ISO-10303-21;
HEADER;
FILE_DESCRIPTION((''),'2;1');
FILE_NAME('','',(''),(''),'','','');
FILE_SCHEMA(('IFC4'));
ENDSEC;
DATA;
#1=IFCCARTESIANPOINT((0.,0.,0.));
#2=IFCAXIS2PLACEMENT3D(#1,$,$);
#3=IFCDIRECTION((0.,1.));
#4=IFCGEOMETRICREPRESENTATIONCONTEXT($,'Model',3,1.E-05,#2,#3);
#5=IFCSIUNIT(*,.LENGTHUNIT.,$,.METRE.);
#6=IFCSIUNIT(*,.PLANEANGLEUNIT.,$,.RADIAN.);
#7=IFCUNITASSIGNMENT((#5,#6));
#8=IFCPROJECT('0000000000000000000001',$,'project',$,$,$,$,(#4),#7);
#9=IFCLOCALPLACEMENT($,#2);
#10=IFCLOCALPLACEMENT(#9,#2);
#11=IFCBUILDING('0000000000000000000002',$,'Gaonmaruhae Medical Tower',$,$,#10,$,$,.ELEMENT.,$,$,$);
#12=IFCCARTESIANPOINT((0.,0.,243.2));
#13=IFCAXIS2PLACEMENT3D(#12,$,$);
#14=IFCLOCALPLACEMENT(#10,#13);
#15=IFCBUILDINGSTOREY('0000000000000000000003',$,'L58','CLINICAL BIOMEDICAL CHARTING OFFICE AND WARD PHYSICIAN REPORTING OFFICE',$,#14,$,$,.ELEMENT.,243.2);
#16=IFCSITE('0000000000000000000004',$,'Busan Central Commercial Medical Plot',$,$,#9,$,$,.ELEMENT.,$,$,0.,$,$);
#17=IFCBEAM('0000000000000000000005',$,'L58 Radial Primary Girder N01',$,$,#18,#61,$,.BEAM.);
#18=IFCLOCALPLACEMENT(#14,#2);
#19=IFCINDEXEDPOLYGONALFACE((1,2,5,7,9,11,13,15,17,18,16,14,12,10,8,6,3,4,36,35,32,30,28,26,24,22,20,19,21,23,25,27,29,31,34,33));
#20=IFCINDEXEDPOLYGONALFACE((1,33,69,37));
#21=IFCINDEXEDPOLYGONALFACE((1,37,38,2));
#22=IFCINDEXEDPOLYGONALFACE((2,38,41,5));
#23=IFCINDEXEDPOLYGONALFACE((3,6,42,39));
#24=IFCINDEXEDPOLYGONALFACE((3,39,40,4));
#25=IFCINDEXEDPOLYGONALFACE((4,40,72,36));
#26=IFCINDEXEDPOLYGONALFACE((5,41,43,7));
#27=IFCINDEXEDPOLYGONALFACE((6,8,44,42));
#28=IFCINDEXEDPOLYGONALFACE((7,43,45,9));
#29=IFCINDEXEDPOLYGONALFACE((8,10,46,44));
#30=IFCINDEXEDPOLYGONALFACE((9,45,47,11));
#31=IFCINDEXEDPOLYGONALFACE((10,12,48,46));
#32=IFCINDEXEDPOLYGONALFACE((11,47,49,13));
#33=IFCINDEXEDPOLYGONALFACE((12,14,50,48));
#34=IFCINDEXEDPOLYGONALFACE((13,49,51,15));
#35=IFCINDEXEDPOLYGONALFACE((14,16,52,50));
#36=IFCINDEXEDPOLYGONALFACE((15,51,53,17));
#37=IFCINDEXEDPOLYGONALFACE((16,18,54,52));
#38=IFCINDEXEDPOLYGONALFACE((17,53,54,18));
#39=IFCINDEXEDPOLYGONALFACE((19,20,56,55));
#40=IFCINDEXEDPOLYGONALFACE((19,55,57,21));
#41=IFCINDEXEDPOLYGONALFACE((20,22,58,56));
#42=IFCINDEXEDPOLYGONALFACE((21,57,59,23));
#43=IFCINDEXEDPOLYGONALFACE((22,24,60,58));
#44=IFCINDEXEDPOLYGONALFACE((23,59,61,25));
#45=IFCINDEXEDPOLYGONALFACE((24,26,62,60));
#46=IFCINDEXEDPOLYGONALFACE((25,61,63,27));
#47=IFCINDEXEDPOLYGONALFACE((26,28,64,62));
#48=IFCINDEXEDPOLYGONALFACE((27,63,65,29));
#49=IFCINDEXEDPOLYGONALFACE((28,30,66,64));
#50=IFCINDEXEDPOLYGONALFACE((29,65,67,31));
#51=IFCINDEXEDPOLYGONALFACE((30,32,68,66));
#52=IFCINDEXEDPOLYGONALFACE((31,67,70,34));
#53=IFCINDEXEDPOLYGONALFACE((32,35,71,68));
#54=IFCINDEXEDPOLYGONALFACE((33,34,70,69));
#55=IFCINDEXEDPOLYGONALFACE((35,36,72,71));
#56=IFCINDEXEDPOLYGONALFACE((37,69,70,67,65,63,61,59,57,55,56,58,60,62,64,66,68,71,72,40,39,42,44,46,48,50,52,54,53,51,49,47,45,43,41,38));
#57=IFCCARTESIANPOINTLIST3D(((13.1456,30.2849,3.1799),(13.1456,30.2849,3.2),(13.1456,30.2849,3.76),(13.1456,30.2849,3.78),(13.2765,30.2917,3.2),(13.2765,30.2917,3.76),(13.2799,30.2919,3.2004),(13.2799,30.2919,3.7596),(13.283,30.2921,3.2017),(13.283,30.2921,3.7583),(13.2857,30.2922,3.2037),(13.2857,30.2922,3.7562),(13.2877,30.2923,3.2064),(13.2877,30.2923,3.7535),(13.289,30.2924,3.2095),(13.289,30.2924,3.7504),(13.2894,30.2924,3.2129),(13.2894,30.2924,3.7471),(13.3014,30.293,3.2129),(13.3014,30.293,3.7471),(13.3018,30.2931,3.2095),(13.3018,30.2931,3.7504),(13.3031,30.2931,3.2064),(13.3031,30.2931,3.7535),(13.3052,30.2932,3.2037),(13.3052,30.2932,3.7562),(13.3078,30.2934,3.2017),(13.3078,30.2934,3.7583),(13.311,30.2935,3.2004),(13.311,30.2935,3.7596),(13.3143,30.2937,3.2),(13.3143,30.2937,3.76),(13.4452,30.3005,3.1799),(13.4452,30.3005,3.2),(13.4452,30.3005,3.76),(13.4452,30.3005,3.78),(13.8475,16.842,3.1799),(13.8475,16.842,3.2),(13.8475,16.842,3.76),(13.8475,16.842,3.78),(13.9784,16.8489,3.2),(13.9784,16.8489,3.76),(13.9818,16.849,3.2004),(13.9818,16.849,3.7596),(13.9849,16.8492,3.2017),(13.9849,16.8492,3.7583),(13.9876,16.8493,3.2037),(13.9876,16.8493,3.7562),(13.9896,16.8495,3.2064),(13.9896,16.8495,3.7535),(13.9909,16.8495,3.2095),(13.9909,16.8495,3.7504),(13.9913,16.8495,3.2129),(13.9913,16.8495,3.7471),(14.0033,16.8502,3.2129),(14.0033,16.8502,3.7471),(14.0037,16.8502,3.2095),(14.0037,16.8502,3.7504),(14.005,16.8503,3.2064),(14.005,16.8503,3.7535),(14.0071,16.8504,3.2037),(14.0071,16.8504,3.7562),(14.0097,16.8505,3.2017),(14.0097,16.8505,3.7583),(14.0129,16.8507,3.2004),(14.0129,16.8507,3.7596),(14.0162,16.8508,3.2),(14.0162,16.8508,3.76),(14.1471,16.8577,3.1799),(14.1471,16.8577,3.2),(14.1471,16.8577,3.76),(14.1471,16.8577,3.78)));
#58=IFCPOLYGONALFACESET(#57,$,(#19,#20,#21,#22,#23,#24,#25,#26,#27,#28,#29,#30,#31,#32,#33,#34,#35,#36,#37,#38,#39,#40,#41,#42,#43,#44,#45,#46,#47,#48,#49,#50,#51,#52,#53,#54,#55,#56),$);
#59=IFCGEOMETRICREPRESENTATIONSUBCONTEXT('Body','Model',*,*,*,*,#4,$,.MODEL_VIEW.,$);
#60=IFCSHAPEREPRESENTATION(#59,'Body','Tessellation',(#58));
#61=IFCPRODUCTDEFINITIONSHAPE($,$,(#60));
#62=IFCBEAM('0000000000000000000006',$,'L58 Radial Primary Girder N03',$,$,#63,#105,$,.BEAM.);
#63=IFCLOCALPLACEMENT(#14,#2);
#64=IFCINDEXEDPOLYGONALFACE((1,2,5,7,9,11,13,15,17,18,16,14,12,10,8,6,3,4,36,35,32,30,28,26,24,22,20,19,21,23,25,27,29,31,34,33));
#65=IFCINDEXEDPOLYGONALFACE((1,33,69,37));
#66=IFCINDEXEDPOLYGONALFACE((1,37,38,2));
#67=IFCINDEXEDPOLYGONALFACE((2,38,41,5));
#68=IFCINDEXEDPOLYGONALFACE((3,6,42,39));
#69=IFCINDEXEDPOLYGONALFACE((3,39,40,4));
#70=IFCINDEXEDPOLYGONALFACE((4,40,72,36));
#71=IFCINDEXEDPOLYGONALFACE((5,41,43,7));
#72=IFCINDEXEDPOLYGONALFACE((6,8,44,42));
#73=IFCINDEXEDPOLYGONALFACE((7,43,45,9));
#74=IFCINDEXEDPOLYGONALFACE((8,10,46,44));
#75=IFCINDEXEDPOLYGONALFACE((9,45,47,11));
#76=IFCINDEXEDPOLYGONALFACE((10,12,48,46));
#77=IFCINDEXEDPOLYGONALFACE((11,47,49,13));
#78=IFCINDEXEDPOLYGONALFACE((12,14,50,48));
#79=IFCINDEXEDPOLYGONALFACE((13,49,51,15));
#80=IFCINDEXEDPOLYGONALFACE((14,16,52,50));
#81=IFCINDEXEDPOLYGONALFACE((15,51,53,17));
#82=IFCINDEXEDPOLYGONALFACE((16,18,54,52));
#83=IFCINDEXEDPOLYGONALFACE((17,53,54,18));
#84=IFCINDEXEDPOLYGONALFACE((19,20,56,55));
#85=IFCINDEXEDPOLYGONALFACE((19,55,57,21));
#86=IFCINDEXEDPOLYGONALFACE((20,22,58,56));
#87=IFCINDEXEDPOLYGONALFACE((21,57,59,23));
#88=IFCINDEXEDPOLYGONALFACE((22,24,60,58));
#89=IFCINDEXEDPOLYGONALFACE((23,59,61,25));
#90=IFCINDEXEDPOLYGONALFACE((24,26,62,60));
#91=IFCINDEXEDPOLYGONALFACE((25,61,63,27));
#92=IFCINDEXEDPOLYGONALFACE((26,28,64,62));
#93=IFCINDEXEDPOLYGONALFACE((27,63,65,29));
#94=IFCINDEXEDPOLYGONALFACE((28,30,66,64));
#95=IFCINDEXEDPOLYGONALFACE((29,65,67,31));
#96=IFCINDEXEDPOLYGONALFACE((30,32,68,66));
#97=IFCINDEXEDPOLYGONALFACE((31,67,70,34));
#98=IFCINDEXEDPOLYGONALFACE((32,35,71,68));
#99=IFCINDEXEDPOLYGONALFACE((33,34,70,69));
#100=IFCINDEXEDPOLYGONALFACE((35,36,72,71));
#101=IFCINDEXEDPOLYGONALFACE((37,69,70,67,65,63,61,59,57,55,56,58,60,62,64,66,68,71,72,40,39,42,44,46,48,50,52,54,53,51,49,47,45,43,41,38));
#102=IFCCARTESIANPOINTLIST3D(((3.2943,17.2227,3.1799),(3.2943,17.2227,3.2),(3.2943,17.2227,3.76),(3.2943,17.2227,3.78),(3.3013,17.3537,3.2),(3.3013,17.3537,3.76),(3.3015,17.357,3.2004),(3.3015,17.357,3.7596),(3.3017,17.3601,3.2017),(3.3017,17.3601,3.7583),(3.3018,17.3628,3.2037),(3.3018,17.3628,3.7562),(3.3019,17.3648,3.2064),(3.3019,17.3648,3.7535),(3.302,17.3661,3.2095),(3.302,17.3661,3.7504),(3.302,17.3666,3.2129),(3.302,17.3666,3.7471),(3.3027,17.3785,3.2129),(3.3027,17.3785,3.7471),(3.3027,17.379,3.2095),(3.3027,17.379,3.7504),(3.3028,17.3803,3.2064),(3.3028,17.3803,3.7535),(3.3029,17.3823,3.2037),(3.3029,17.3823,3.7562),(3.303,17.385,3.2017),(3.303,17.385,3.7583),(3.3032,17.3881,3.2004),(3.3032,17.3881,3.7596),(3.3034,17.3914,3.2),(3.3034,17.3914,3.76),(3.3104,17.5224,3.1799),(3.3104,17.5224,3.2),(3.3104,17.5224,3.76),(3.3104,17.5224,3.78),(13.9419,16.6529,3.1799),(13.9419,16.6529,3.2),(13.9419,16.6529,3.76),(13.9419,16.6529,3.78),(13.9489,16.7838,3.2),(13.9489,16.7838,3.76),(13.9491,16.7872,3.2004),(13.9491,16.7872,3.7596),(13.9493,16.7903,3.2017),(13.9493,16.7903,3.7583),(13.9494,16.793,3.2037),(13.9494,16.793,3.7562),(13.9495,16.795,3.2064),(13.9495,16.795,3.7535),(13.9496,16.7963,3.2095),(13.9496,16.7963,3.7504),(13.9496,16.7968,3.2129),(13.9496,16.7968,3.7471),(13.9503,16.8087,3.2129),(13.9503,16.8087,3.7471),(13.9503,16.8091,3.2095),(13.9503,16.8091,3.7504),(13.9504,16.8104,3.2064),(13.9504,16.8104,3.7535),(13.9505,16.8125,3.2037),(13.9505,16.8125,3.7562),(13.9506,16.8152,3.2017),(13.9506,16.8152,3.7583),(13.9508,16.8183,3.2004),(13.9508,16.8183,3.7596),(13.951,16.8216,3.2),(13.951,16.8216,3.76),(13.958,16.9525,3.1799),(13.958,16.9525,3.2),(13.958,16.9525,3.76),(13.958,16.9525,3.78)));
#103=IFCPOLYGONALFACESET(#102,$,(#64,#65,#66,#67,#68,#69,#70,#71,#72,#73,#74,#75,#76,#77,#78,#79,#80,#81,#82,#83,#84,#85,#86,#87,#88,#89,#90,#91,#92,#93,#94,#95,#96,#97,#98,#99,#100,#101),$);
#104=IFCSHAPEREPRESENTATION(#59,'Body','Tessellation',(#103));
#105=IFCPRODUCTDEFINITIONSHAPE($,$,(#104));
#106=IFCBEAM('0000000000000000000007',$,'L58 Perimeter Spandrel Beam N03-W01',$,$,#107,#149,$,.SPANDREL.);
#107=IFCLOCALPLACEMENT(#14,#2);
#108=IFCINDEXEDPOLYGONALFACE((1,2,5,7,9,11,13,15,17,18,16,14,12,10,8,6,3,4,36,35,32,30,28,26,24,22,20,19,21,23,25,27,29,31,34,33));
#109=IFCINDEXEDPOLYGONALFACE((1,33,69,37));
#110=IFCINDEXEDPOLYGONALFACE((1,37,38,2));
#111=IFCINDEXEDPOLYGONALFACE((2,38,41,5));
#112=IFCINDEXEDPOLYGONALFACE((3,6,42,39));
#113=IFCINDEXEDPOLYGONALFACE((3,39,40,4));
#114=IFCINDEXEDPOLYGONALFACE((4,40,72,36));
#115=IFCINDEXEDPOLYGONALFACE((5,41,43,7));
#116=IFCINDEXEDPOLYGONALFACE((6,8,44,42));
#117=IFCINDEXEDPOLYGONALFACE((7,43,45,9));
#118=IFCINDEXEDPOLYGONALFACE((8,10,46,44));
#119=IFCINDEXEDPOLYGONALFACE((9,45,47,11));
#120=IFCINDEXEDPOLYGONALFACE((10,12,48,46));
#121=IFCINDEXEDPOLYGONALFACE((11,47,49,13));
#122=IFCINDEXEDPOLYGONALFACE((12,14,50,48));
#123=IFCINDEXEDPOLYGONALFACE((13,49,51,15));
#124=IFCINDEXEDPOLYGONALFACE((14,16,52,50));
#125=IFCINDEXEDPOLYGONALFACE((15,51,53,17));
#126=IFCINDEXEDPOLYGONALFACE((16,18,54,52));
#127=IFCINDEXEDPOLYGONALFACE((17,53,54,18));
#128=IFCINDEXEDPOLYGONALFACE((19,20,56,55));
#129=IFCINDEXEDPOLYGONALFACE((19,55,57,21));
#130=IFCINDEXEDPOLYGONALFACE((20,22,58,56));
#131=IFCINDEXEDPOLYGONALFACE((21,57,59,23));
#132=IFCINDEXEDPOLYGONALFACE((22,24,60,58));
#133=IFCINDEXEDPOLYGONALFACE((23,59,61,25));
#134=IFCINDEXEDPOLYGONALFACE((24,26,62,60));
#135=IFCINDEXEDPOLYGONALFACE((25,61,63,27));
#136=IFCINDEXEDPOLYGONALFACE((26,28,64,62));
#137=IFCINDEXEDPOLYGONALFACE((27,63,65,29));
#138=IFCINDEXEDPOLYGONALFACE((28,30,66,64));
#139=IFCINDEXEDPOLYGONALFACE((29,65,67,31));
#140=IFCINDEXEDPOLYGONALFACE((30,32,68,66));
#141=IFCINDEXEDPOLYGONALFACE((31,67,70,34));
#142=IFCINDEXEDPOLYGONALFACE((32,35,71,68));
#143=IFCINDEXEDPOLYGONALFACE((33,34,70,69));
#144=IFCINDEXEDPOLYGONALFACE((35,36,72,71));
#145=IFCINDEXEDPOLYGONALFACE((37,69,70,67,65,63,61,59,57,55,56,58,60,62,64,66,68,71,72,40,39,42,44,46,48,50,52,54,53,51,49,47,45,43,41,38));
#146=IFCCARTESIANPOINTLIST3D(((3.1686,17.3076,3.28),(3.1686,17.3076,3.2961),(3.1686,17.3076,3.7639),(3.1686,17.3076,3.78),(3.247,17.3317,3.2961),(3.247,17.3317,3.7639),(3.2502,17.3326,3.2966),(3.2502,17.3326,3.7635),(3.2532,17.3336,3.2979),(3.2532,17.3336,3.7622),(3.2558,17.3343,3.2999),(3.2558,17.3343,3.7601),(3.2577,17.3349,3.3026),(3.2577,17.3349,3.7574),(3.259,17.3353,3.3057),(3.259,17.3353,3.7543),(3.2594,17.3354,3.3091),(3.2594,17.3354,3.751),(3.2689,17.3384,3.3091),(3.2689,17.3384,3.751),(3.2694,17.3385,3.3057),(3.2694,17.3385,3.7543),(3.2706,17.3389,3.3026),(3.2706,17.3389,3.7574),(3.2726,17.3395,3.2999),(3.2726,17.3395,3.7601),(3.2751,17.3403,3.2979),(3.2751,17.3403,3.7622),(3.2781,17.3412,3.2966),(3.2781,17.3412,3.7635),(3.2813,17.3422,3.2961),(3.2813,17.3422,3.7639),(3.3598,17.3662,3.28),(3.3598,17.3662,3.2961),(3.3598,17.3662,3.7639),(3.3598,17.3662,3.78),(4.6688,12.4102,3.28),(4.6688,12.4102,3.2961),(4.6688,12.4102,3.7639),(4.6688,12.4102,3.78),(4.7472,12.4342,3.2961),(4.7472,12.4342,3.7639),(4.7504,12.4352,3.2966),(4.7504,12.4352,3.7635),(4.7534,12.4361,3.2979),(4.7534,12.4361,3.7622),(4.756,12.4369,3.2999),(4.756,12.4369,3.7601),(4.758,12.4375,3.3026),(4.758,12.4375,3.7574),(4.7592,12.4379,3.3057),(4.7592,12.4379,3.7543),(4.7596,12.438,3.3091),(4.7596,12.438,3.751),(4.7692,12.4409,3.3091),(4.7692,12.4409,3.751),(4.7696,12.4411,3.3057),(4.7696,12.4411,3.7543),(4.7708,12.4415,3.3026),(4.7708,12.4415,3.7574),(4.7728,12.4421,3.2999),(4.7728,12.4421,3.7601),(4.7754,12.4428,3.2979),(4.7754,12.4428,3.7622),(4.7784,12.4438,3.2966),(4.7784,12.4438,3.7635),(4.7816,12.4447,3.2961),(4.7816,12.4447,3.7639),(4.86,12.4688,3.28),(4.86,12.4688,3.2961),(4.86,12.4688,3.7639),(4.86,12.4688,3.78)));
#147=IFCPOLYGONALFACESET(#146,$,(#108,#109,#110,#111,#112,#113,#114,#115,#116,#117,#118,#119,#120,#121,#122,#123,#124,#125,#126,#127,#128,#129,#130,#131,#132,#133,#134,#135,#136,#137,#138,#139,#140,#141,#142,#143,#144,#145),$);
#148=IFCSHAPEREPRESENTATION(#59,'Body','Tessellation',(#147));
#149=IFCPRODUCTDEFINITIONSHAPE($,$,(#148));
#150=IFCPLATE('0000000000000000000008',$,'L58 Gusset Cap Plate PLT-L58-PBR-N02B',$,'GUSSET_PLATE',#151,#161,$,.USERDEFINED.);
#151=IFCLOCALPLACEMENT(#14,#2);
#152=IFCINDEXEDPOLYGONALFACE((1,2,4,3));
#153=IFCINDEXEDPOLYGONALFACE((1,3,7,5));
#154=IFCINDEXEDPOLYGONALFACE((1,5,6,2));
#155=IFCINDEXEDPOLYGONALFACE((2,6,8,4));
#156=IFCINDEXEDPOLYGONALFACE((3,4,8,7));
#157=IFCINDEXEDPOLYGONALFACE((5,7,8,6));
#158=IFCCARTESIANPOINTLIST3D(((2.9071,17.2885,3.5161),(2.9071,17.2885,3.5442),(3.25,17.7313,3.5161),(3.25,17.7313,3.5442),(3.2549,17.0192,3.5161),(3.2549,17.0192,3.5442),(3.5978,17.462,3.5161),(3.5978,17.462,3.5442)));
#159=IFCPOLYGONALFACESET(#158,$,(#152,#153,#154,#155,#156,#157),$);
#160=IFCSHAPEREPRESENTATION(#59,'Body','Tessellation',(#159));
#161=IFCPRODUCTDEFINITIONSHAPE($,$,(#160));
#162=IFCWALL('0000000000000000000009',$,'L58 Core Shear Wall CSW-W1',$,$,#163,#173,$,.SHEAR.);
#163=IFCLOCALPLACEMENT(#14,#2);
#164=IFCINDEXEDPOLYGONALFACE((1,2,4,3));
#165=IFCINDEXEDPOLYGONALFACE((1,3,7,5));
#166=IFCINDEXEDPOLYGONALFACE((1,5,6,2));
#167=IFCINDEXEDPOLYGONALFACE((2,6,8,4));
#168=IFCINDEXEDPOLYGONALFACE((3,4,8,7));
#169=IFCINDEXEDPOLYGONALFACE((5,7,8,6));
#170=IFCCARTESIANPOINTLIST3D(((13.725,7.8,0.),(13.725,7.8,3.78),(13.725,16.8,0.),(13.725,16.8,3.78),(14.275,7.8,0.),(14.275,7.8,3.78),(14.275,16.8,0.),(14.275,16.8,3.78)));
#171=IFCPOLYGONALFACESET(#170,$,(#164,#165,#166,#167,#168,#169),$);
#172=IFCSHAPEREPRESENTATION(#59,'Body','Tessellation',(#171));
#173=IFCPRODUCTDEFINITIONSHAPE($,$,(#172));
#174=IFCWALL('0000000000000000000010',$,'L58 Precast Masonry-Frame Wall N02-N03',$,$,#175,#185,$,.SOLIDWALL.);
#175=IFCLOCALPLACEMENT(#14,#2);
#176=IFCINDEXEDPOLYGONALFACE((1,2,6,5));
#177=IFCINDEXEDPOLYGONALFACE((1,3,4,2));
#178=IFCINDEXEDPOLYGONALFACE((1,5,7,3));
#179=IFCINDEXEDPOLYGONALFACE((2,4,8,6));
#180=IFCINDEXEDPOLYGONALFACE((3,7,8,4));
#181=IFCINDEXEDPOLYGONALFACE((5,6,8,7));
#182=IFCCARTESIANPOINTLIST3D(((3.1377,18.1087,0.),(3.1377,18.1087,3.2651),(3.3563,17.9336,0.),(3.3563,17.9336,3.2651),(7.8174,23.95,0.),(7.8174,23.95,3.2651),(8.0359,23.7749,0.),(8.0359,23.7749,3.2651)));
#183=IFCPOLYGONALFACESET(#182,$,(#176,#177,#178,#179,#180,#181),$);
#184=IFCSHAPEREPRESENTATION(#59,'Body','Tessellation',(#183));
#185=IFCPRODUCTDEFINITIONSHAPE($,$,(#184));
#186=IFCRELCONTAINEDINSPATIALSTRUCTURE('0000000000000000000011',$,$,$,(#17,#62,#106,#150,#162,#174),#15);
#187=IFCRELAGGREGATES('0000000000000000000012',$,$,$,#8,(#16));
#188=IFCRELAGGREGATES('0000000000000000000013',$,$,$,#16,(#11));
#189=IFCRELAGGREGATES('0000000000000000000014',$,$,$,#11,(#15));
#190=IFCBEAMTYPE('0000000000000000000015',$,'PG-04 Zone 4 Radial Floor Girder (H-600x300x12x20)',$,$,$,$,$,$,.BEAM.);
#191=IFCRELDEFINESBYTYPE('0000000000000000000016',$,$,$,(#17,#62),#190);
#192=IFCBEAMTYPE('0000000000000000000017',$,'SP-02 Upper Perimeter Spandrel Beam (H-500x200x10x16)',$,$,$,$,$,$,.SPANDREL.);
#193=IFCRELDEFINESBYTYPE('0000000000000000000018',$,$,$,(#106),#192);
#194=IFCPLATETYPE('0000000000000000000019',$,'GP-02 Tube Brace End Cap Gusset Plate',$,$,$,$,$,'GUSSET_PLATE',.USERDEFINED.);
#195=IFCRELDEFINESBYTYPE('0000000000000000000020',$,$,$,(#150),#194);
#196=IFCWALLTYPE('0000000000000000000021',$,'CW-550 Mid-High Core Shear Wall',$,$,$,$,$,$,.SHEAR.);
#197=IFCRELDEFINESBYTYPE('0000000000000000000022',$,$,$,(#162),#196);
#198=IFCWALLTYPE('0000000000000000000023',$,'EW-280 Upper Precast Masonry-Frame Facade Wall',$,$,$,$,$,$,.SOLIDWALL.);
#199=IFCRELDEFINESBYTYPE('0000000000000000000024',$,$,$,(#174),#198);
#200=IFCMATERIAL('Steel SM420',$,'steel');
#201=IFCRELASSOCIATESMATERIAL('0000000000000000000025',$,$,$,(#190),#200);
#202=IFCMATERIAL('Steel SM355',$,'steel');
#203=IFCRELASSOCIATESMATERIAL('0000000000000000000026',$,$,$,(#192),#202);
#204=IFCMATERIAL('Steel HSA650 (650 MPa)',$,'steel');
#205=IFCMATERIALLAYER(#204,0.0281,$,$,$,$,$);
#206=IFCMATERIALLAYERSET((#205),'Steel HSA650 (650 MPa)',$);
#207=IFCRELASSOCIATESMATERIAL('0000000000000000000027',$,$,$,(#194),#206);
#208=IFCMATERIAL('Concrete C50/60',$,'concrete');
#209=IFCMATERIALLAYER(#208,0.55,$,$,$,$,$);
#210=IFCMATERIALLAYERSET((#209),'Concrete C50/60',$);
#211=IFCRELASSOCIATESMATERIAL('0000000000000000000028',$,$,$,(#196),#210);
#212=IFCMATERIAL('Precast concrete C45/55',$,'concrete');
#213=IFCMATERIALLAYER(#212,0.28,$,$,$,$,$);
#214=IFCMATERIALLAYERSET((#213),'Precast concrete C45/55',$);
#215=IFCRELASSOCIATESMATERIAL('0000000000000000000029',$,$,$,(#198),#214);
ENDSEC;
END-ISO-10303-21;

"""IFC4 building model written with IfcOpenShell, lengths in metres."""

from ifc_helpers import new_model, si_unit, direction, frame, frame_2d, origin, origin_2d, place, context, subcontext, project, spatial, rectangle, i_section, extrude, material, layer, layer_set, material_profile, profile_set, type_object, element, save


model = new_model("IFC4")

# Units and contexts
model_context = context("Model", 3, precision=1e-05, world=origin(), true_north=direction((0.0, 1.0)))
body_context = subcontext(model_context, "Body", "Model", "MODEL_VIEW")
ifc_project = project(units=[si_unit("LENGTHUNIT", "METRE"), si_unit("PLANEANGLEUNIT", "RADIAN")], contexts=[model_context])

# Site, building, storey
site_placement = place(None, origin())
site = spatial("IfcSite", under=ifc_project, at=site_placement, Name="Busan Central Commercial Medical Plot", CompositionType="ELEMENT", RefElevation=0.0)
building_placement = place(site_placement, origin())
building = spatial("IfcBuilding", under=site, at=building_placement, Name="Gaonmaruhae Medical Tower", CompositionType="ELEMENT")
storey_placement = place(building_placement, frame((0.0, 0.0, 243.2)))
storey = spatial("IfcBuildingStorey", under=building, at=storey_placement, Name="L58", Description="CLINICAL BIOMEDICAL CHARTING OFFICE AND WARD PHYSICIAN REPORTING OFFICE", CompositionType="ELEMENT", Elevation=243.2)

# Shared definitions
ifc_material_1 = material(Name="Concrete C50/60", Category="concrete")

# Beams
ifc_material_2 = material(Name="Steel SM355", Category="steel")
ifc_material_3 = material(Name="Steel SM420", Category="steel")
ifc_material_profile_1 = material_profile(ifc_material_3, i_section(OverallWidth=0.3, OverallDepth=0.6001, WebThickness=0.012, FlangeThickness=0.02, FilletRadius=0.0129, at=origin_2d()), Name="H-600x300x12x20")
ifc_profile_set_1 = profile_set([ifc_material_profile_1], Name="Steel SM420")
beam_type_1 = type_object("IfcBeamType", Name="PG-04 Zone 4 Radial Floor Girder (H-600x300x12x20)", PredefinedType="BEAM", material=ifc_profile_set_1)
beam_1_placement = place(storey_placement, frame((13.9973, 16.8499, 3.48), z_axis=(-0.052143, 0.99864, 0.0), x_axis=(-0.99864, -0.052143, 0.0)))
element("IfcBeam", 1, at=beam_1_placement, inside=storey, type_object=beam_type_1, Name="L58 Radial Primary Girder N01", PredefinedType="BEAM", context=body_context, shape_type="SweptSolid", body=[
    extrude(i_section(OverallWidth=0.3, OverallDepth=0.6001, WebThickness=0.012, FlangeThickness=0.02, FilletRadius=0.0129, at=origin_2d()), origin(), (0.0, 0.0, 1.0), 13.4612),
])
beam_2_placement = place(storey_placement, frame((13.95, 16.8027, 3.48), z_axis=(-0.998571, 0.05344, 0.0), x_axis=(-0.05344, -0.998571, 0.0)))
element("IfcBeam", 2, at=beam_2_placement, inside=storey, type_object=beam_type_1, Name="L58 Radial Primary Girder N03", PredefinedType="BEAM", context=body_context, shape_type="SweptSolid", body=[
    extrude(i_section(OverallWidth=0.3, OverallDepth=0.6001, WebThickness=0.012, FlangeThickness=0.02, FilletRadius=0.0129, at=origin_2d()), origin(), (0.0, 0.0, 1.0), 10.6628),
])
ifc_material_profile_2 = material_profile(ifc_material_2, i_section(OverallWidth=0.2, OverallDepth=0.5, WebThickness=0.01, FlangeThickness=0.0161, FilletRadius=0.0129, at=origin_2d()), Name="H-500x200x10x16")
ifc_profile_set_2 = profile_set([ifc_material_profile_2], Name="Steel SM355")
beam_type_2 = type_object("IfcBeamType", Name="SP-02 Upper Perimeter Spandrel Beam (H-500x200x10x16)", PredefinedType="SPANDREL", material=ifc_profile_set_2)
beam_3_placement = place(storey_placement, frame((3.2642, 17.3369, 3.53), z_axis=(0.292897, -0.956144, 0.0), x_axis=(0.956144, 0.292897, 0.0)))
element("IfcBeam", 3, at=beam_3_placement, inside=storey, type_object=beam_type_2, Name="L58 Perimeter Spandrel Beam N03-W01", PredefinedType="SPANDREL", context=body_context, shape_type="SweptSolid", body=[
    extrude(i_section(OverallWidth=0.2, OverallDepth=0.5, WebThickness=0.01, FlangeThickness=0.0161, FilletRadius=0.0129, at=origin_2d()), origin(), (0.0, 0.0, 1.0), 5.1221),
])

# Plate
ifc_material_4 = material(Name="Steel HSA650 (650 MPa)", Category="steel")
ifc_layer_1 = layer(ifc_material_4, 0.0281)
ifc_layer_set_1 = layer_set([ifc_layer_1], Name="Steel HSA650 (650 MPa)")
plate_type = type_object("IfcPlateType", Name="GP-02 Tube Brace End Cap Gusset Plate", ElementType="GUSSET_PLATE", PredefinedType="USERDEFINED", material=ifc_layer_set_1)
plate_placement = place(storey_placement, frame((3.2524, 17.3752, 3.5161), z_axis=(0.0, 0.0, 1.0), x_axis=(0.612217, 0.79069, 0.0)))
element("IfcPlate", 4, at=plate_placement, inside=storey, type_object=plate_type, Name="L58 Gusset Cap Plate PLT-L58-PBR-N02B", ObjectType="GUSSET_PLATE", PredefinedType="USERDEFINED", context=body_context, shape_type="SweptSolid", body=[
    extrude(rectangle(XDim=0.5601, YDim=0.4399, at=origin_2d()), origin(), (0.0, 0.0, 1.0), 0.0281),
])

# Walls
ifc_layer_2 = layer(ifc_material_1, 0.55)
ifc_layer_set_2 = layer_set([ifc_layer_2], Name="Concrete C50/60")
wall_type_1 = type_object("IfcWallType", Name="CW-550 Mid-High Core Shear Wall", PredefinedType="SHEAR", material=ifc_layer_set_2)
wall_1_placement = place(storey_placement, frame((14.0, 16.8, 0.0), z_axis=(0.0, 0.0, 1.0), x_axis=(0.0, -1.0, 0.0)))
element("IfcWall", 5, at=wall_1_placement, inside=storey, type_object=wall_type_1, Name="L58 Core Shear Wall CSW-W1", PredefinedType="SHEAR", context=body_context, shape_type="SweptSolid", body=[
    extrude(rectangle(XDim=9.0, YDim=0.55, at=frame_2d((4.5, 0.0))), origin(), (0.0, 0.0, 1.0), 3.78),
])
ifc_material_5 = material(Name="Precast concrete C45/55", Category="concrete")
ifc_layer_3 = layer(ifc_material_5, 0.28)
ifc_layer_set_3 = layer_set([ifc_layer_3], Name="Precast concrete C45/55")
wall_type_2 = type_object("IfcWallType", Name="EW-280 Upper Precast Masonry-Frame Facade Wall", PredefinedType="SOLIDWALL", material=ifc_layer_set_3)
wall_2_placement = place(storey_placement, frame((3.2471, 18.0212, 0.0), z_axis=(0.0, 0.0, 1.0), x_axis=(0.625236, 0.780436, 0.0)))
element("IfcWall", 6, at=wall_2_placement, inside=storey, type_object=wall_type_2, Name="L58 Precast Masonry-Frame Wall N02-N03", PredefinedType="SOLIDWALL", context=body_context, shape_type="SweptSolid", body=[
    extrude(rectangle(XDim=7.4846, YDim=0.28, at=frame_2d((3.7422, 0.0))), origin(), (0.0, 0.0, 1.0), 3.2651),
])

save(model, "model.ifc")
